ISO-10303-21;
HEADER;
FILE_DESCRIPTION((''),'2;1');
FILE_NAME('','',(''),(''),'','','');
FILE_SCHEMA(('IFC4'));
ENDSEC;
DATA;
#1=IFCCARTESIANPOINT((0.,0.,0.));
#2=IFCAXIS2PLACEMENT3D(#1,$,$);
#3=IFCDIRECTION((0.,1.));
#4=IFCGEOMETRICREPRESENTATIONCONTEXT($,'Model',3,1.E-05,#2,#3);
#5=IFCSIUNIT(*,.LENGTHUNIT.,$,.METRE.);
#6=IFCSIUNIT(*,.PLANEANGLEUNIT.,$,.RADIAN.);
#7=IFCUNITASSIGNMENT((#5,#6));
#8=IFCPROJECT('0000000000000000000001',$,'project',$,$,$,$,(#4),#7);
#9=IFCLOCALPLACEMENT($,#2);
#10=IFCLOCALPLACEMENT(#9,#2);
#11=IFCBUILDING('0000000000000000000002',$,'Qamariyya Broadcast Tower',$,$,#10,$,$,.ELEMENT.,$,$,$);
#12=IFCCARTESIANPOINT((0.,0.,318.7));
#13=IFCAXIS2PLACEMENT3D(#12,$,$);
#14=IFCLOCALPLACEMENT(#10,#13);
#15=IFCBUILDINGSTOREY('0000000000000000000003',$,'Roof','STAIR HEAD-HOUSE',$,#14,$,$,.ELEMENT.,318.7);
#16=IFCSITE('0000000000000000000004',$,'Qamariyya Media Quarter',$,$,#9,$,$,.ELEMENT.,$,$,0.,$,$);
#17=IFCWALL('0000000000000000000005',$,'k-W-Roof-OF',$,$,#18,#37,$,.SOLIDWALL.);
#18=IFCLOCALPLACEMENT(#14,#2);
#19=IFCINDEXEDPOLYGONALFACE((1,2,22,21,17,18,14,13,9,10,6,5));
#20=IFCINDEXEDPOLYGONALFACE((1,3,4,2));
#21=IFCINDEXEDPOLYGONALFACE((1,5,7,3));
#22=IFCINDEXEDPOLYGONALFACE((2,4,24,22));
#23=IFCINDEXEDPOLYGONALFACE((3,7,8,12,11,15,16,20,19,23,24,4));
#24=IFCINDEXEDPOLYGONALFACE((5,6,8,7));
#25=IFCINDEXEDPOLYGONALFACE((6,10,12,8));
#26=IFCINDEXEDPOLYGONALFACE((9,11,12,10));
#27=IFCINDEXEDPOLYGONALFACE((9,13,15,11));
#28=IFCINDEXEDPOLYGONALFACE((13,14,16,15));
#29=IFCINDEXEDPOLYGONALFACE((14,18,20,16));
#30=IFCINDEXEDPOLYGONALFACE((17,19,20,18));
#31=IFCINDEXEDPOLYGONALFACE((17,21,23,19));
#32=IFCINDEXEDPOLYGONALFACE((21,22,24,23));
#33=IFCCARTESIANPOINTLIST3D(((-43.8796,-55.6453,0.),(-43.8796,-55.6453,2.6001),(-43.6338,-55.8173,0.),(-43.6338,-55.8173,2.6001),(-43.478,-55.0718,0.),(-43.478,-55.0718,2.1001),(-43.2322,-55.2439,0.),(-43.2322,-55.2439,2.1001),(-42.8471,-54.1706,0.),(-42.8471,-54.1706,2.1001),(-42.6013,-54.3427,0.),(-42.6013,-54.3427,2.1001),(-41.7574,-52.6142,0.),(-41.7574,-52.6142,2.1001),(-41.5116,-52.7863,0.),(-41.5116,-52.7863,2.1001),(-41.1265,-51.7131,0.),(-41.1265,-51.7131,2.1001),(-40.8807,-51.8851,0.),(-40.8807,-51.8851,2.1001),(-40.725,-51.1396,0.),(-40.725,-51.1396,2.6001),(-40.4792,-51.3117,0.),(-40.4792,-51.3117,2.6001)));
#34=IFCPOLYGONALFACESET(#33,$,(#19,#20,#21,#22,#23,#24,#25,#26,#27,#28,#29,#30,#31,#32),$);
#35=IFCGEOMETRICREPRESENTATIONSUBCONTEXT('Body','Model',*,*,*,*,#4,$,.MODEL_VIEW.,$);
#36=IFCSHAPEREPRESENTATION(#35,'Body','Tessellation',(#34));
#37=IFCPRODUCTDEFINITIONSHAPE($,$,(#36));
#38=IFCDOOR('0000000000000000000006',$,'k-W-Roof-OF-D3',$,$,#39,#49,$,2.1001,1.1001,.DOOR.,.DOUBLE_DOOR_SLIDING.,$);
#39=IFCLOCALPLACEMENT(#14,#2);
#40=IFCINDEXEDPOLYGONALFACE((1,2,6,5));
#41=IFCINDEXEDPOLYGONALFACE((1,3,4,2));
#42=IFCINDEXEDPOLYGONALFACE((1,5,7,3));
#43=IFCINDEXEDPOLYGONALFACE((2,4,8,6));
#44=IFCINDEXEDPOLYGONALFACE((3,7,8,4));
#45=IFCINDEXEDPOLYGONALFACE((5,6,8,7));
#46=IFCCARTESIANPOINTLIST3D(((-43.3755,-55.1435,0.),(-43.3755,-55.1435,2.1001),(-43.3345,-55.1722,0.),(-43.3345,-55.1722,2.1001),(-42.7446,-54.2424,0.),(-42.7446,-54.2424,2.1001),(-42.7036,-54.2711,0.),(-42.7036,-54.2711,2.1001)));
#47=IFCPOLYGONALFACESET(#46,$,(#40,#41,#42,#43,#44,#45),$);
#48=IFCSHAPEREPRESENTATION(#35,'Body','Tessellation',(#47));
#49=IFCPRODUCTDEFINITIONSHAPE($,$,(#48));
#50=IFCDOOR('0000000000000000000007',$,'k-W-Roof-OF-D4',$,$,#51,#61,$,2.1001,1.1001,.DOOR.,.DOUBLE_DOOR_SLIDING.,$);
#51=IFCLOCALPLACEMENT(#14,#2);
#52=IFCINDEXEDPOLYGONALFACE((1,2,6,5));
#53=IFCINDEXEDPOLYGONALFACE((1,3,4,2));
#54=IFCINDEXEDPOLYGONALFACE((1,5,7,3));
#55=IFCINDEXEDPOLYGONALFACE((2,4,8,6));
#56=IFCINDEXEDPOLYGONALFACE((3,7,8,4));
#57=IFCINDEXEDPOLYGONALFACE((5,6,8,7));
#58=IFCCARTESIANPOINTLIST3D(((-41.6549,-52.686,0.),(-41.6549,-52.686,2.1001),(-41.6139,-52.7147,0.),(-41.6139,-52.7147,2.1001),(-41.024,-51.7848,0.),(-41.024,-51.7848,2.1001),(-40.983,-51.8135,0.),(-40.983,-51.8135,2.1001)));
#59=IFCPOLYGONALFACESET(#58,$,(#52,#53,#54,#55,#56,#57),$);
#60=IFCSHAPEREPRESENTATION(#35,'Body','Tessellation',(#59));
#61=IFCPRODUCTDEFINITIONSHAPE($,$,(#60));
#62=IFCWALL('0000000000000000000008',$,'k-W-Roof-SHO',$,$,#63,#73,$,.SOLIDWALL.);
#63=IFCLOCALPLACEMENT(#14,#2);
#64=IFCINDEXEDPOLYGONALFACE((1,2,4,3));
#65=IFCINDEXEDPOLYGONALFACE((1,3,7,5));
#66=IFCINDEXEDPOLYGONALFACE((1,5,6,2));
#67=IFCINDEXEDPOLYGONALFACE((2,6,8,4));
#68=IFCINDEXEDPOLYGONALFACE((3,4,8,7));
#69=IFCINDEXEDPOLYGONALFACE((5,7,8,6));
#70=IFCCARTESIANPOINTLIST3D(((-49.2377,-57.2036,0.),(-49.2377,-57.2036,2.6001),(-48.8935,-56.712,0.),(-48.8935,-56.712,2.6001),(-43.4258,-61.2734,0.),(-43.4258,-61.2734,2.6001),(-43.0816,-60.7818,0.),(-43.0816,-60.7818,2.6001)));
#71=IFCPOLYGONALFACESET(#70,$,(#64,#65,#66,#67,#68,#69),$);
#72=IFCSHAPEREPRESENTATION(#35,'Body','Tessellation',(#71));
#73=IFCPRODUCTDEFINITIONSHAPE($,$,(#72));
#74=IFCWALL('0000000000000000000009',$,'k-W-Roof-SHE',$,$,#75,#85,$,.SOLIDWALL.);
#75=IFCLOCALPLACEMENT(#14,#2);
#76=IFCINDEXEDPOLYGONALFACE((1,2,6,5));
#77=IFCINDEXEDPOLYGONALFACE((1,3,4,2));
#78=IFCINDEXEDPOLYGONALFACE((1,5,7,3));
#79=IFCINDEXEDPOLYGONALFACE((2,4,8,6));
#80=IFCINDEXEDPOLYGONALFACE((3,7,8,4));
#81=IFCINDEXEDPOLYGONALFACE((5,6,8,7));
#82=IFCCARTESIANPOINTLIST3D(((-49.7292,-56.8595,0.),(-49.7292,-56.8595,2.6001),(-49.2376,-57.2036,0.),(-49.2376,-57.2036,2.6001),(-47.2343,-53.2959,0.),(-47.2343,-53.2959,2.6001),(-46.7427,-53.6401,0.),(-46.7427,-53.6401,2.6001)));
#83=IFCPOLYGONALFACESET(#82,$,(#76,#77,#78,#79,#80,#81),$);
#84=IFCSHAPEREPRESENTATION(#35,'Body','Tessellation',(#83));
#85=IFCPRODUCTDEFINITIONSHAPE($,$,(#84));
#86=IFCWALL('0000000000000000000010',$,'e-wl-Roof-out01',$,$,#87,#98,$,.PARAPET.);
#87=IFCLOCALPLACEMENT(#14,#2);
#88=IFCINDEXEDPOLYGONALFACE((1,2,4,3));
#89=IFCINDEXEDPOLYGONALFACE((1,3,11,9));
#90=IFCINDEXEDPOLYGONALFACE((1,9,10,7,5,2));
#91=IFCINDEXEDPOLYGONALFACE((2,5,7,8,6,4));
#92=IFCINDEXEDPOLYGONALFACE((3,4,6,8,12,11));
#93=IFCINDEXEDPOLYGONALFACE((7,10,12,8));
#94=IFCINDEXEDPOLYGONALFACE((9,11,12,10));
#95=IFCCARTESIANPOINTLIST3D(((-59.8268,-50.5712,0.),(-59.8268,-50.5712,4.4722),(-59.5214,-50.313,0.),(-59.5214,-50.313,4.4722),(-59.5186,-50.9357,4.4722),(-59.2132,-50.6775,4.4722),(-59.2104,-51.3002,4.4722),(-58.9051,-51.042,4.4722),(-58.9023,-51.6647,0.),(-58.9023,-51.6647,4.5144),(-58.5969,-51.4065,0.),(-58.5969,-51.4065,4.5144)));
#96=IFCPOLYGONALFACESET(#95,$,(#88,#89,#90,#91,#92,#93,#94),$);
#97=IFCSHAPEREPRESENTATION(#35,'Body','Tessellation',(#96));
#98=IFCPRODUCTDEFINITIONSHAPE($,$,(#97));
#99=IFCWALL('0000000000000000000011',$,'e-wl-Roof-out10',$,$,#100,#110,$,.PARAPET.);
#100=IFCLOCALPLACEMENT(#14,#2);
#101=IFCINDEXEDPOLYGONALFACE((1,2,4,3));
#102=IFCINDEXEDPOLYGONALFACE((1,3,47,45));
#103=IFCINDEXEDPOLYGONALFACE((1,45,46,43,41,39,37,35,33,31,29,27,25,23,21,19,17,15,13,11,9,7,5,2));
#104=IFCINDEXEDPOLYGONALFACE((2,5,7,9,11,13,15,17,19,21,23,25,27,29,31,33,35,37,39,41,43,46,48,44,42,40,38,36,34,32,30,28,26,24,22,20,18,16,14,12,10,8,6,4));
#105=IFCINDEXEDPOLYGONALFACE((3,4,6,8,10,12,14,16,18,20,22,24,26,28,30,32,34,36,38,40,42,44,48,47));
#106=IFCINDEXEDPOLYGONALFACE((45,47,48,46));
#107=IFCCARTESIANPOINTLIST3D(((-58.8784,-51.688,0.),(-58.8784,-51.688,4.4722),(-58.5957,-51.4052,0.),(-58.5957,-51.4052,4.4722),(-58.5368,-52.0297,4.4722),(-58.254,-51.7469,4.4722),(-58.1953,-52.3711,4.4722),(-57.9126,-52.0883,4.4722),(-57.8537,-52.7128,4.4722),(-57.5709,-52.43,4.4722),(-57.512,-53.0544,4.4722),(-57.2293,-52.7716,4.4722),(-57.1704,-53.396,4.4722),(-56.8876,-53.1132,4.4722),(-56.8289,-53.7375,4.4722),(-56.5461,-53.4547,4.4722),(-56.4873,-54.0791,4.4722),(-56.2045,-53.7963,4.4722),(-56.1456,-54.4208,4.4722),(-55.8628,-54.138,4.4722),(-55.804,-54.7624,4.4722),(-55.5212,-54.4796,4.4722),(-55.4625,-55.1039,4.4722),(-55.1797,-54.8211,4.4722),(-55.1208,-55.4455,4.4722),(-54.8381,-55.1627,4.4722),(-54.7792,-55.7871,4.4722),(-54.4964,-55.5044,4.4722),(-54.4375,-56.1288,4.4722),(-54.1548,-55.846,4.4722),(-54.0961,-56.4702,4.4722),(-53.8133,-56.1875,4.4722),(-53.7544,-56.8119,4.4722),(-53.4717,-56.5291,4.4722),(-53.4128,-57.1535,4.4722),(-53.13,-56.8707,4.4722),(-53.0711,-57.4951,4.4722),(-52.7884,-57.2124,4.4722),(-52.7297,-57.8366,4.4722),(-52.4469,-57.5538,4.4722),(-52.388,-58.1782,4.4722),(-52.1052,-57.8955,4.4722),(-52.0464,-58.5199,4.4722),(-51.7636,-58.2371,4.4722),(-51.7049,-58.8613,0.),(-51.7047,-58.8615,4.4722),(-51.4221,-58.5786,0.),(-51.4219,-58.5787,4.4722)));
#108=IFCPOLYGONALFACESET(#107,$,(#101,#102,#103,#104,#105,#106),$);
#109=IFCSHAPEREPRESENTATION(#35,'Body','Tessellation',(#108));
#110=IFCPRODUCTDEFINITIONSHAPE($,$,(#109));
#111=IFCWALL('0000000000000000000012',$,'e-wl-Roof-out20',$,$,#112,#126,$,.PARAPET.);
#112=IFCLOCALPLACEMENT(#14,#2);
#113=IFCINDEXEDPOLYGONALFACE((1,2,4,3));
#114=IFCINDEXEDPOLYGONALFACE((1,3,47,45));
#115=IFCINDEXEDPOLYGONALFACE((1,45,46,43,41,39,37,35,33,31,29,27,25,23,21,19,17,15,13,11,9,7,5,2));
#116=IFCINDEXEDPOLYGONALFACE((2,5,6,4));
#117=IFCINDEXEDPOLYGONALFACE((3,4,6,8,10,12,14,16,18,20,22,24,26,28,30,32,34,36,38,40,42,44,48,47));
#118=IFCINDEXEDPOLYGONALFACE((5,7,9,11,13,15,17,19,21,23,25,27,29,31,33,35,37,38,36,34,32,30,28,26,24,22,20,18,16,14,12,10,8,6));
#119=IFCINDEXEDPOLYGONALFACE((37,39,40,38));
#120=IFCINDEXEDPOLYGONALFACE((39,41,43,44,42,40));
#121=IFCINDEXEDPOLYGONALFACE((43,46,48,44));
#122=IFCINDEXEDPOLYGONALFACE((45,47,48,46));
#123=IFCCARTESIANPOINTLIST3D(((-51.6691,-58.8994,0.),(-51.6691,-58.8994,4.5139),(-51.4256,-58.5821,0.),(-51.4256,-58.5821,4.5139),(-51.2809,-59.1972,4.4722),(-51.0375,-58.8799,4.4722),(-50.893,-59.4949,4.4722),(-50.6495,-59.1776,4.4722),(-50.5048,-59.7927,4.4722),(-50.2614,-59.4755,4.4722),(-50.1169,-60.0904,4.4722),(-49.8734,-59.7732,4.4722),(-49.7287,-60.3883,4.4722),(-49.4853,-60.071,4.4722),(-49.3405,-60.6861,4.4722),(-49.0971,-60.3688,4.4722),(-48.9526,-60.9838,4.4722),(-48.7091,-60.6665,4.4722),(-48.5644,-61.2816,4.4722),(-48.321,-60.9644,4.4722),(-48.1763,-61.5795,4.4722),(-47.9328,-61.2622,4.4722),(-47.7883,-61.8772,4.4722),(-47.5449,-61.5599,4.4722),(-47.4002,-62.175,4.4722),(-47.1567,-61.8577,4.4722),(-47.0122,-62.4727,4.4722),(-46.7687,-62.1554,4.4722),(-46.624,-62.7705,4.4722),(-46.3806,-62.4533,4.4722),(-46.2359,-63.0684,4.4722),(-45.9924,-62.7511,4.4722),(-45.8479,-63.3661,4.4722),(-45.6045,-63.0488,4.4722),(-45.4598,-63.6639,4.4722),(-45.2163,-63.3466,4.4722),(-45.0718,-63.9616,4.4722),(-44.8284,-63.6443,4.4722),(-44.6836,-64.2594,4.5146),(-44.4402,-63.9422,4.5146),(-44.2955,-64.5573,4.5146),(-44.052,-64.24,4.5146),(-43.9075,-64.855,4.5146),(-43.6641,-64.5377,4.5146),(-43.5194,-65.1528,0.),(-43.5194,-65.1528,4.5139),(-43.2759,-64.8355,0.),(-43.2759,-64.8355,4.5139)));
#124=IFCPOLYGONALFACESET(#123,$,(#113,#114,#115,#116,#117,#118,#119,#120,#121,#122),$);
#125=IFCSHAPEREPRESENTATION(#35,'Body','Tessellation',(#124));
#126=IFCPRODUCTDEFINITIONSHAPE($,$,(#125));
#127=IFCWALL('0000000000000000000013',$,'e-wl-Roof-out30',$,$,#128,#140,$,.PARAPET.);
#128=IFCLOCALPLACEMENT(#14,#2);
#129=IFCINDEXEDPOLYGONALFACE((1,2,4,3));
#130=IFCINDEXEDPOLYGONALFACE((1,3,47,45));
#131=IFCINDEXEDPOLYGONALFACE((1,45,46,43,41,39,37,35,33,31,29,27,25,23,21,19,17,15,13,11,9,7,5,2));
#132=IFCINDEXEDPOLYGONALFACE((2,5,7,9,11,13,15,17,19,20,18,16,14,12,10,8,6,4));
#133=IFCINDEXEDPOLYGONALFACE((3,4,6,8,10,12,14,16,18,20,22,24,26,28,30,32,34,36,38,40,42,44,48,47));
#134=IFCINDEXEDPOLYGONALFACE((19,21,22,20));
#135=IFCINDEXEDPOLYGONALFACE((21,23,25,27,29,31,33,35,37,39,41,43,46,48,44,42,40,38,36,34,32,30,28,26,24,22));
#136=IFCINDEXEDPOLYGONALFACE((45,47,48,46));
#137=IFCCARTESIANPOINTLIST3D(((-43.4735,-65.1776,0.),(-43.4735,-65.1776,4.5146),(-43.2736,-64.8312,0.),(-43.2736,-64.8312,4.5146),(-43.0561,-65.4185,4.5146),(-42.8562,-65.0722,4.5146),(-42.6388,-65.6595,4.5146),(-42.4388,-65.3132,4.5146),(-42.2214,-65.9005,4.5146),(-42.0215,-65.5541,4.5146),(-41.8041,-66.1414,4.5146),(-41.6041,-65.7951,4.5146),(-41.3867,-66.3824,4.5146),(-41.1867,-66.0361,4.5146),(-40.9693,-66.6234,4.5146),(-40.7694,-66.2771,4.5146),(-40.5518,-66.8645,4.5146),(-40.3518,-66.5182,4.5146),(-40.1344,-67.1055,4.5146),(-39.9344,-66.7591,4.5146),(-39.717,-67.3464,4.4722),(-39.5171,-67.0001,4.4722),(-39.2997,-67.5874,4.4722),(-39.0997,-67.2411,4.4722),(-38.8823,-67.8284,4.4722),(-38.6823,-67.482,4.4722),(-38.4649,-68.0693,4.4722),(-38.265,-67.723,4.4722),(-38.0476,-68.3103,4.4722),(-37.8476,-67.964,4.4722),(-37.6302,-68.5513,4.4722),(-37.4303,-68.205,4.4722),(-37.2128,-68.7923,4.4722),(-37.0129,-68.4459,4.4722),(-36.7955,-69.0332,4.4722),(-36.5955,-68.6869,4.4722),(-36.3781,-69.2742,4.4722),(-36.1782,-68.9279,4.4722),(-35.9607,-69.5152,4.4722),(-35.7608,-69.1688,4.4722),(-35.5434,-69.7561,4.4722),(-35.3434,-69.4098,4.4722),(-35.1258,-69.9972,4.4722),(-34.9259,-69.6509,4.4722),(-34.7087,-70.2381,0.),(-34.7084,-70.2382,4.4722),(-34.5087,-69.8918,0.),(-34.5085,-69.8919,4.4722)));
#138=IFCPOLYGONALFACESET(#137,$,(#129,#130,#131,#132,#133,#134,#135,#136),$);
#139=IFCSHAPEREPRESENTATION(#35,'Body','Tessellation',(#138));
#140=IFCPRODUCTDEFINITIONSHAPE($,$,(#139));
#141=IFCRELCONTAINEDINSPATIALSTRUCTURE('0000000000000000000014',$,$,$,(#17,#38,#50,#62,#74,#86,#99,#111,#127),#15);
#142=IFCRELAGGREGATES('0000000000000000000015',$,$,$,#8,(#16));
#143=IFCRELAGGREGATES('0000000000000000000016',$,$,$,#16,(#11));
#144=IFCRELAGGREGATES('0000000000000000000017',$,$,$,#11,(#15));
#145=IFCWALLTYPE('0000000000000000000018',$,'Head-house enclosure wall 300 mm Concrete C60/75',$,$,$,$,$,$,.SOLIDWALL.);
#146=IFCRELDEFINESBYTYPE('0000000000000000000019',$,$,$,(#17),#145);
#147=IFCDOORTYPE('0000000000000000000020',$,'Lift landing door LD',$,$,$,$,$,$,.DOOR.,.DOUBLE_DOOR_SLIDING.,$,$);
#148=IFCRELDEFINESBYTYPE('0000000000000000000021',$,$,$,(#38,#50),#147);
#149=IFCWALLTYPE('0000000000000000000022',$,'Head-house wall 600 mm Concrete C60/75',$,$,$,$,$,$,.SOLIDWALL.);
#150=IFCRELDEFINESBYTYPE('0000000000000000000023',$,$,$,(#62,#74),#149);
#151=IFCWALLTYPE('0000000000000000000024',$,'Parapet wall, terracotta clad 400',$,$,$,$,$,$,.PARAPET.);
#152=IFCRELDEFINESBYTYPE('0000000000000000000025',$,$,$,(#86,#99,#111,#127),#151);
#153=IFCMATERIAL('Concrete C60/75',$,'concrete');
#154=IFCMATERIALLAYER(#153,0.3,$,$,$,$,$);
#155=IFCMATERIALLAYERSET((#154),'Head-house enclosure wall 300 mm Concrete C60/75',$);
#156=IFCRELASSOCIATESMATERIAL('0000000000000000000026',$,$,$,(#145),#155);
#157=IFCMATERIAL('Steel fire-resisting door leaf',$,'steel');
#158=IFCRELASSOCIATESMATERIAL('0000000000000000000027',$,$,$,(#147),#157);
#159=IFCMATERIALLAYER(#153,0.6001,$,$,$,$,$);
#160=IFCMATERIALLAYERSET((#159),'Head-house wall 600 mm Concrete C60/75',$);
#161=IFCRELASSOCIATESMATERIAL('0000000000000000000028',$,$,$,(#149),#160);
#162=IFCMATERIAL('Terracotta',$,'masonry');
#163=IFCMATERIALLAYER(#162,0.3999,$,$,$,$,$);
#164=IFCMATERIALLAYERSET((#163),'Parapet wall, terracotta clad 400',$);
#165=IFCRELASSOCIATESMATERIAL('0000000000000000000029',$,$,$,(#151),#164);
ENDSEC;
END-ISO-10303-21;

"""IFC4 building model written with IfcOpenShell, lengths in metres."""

from ifc_helpers import new_model, si_unit, direction, frame, frame_2d, origin, place, context, subcontext, project, spatial, polyline, rectangle, outline, extrude, material, layer, layer_set, type_object, element, fill, save


model = new_model("IFC4")

# Units and contexts
model_context = context("Model", 3, precision=1e-05, world=origin(), true_north=direction((0.0, 1.0)))
body_context = subcontext(model_context, "Body", "Model", "MODEL_VIEW")
ifc_project = project(units=[si_unit("LENGTHUNIT", "METRE"), si_unit("PLANEANGLEUNIT", "RADIAN")], contexts=[model_context])

# Site, building, storey
site_placement = place(None, origin())
site = spatial("IfcSite", under=ifc_project, at=site_placement, Name="Qamariyya Media Quarter", CompositionType="ELEMENT", RefElevation=0.0)
building_placement = place(site_placement, origin())
building = spatial("IfcBuilding", under=site, at=building_placement, Name="Qamariyya Broadcast Tower", CompositionType="ELEMENT")
storey_placement = place(building_placement, frame((0.0, 0.0, 318.7)))
storey = spatial("IfcBuildingStorey", under=building, at=storey_placement, Name="Roof", Description="STAIR HEAD-HOUSE", CompositionType="ELEMENT", Elevation=318.7)

# Shared definitions
ifc_material_1 = material(Name="Concrete C60/75", Category="concrete")
ifc_layer_1 = layer(ifc_material_1, 0.3)
ifc_layer_set_1 = layer_set([ifc_layer_1], Name="Head-house enclosure wall 300 mm Concrete C60/75")
wall_type_1 = type_object("IfcWallType", Name="Head-house enclosure wall 300 mm Concrete C60/75", PredefinedType="SOLIDWALL", material=ifc_layer_set_1)

# Wall, openings, doors
wall_1_placement = place(storey_placement, frame((-43.7566, -55.7312, 0.0), z_axis=(0.0, 0.0, 1.0), x_axis=(0.573537, 0.81918, 0.0)))
wall_1 = element("IfcWall", 1, at=wall_1_placement, inside=storey, type_object=wall_type_1, Name="k-W-Roof-OF", PredefinedType="SOLIDWALL", context=body_context, shape_type="SweptSolid", body=[
    extrude(rectangle(XDim=5.5002, YDim=0.3, at=frame_2d((2.75, 0.0))), origin(), (0.0, 0.0, 1.0), 2.6001),
])
opening_1_placement = place(wall_1_placement, frame((0.7, 0.0, 0.0)))
opening_1 = element("IfcOpeningElement", 2, at=opening_1_placement, cuts=wall_1, PredefinedType="OPENING", context=body_context, shape_type="SweptSolid", body=[
    extrude(rectangle(XDim=1.1001, YDim=2.1001, at=frame_2d((0.55, 1.05))), frame((0.0, 0.1599, 0.0), z_axis=(0.0, -1.0, 0.0), x_axis=(1.0, 0.0, 0.0)), (0.0, 0.0, 1.0), 0.3201),
])
opening_2_placement = place(wall_1_placement, frame((3.7, 0.0, 0.0)))
opening_2 = element("IfcOpeningElement", 3, at=opening_2_placement, cuts=wall_1, PredefinedType="OPENING", context=body_context, shape_type="SweptSolid", body=[
    extrude(rectangle(XDim=1.1001, YDim=2.1001, at=frame_2d((0.55, 1.05))), frame((0.0, 0.1599, 0.0), z_axis=(0.0, -1.0, 0.0), x_axis=(1.0, 0.0, 0.0)), (0.0, 0.0, 1.0), 0.3201),
])
ifc_material_2 = material(Name="Steel fire-resisting door leaf", Category="steel")
door_type = type_object("IfcDoorType", Name="Lift landing door LD", OperationType="DOUBLE_DOOR_SLIDING", PredefinedType="DOOR", material=ifc_material_2)
door_1_placement = place(opening_1_placement, origin())
door_1 = element("IfcDoor", 4, at=door_1_placement, inside=storey, type_object=door_type, Name="k-W-Roof-OF-D3", OperationType="DOUBLE_DOOR_SLIDING", OverallHeight=2.1001, OverallWidth=1.1001, PredefinedType="DOOR", context=body_context, shape_type="SweptSolid", body=[
    extrude(rectangle(XDim=1.1001, YDim=2.1001, at=frame_2d((0.55, 1.05))), frame((0.0, 0.0249, 0.0), z_axis=(0.0, -1.0, 0.0), x_axis=(1.0, 0.0, 0.0)), (0.0, 0.0, 1.0), 0.05),
])
fill(opening_1, door_1)
door_2_placement = place(opening_2_placement, origin())
door_2 = element("IfcDoor", 5, at=door_2_placement, inside=storey, type_object=door_type, Name="k-W-Roof-OF-D4", OperationType="DOUBLE_DOOR_SLIDING", OverallHeight=2.1001, OverallWidth=1.1001, PredefinedType="DOOR", context=body_context, shape_type="SweptSolid", body=[
    extrude(rectangle(XDim=1.1001, YDim=2.1001, at=frame_2d((0.55, 1.05))), frame((0.0, 0.0249, 0.0), z_axis=(0.0, -1.0, 0.0), x_axis=(1.0, 0.0, 0.0)), (0.0, 0.0, 1.0), 0.05),
])
fill(opening_2, door_2)

# Walls
ifc_layer_2 = layer(ifc_material_1, 0.6001)
ifc_layer_set_2 = layer_set([ifc_layer_2], Name="Head-house wall 600 mm Concrete C60/75")
wall_type_2 = type_object("IfcWallType", Name="Head-house wall 600 mm Concrete C60/75", PredefinedType="SOLIDWALL", material=ifc_layer_set_2)
wall_2_placement = place(storey_placement, frame((-43.2537, -61.0276, 0.0), z_axis=(0.0, 0.0, 1.0), x_axis=(-0.819138, 0.573596, 0.0)))
element("IfcWall", 6, at=wall_2_placement, inside=storey, type_object=wall_type_2, Name="k-W-Roof-SHO", PredefinedType="SOLIDWALL", context=body_context, shape_type="SweptSolid", body=[
    extrude(rectangle(XDim=7.0952, YDim=0.6001, at=frame_2d((3.5476, 0.0))), origin(), (0.0, 0.0, 1.0), 2.6001),
])
wall_3_placement = place(storey_placement, frame((-46.9885, -53.468, 0.0), z_axis=(0.0, 0.0, 1.0), x_axis=(-0.57353, -0.819184, 0.0)))
element("IfcWall", 7, at=wall_3_placement, inside=storey, type_object=wall_type_2, Name="k-W-Roof-SHE", PredefinedType="SOLIDWALL", context=body_context, shape_type="SweptSolid", body=[
    extrude(rectangle(XDim=4.3501, YDim=0.6001, at=frame_2d((2.175, 0.0))), origin(), (0.0, 0.0, 1.0), 2.6001),
])
ifc_material_3 = material(Name="Terracotta", Category="masonry")
ifc_layer_3 = layer(ifc_material_3, 0.3999)
ifc_layer_set_3 = layer_set([ifc_layer_3], Name="Parapet wall, terracotta clad 400")
wall_type_3 = type_object("IfcWallType", Name="Parapet wall, terracotta clad 400", PredefinedType="PARAPET", material=ifc_layer_set_3)
wall_4_placement = place(storey_placement, frame((-59.6741, -50.4421, 0.0), z_axis=(0.0, 0.0, 1.0), x_axis=(0.645652, -0.763632, 0.0)))
element("IfcWall", 8, at=wall_4_placement, inside=storey, type_object=wall_type_3, Name="e-wl-Roof-out01", PredefinedType="PARAPET", context=body_context, shape_type="SweptSolid", body=[
    extrude(outline(polyline([(0.0, 0.0), (1.4319, 0.0), (1.4319, 4.5144), (0.9546, 4.4722), (0.4773, 4.4722), (0.0, 4.4722), (0.0, 0.0)])), frame((0.0, 0.2, 0.0), z_axis=(0.0, -1.0, 0.0), x_axis=(1.0, 0.0, 0.0)), (0.0, 0.0, 1.0), 0.3999),
])
wall_5_placement = place(storey_placement, frame((-58.7371, -51.5466, 0.0), z_axis=(0.0, 0.0, 1.0), x_axis=(0.707119, -0.707095, 0.0)))
element("IfcWall", 9, at=wall_5_placement, inside=storey, type_object=wall_type_3, Name="e-wl-Roof-out10", PredefinedType="PARAPET", context=body_context, shape_type="SweptSolid", body=[
    extrude(outline(polyline([(0.0, 0.0), (10.1448, 0.0), (10.145, 4.4722), (9.6619, 4.4722), (9.1787, 4.4722), (8.6956, 4.4722), (8.2126, 4.4722), (7.7295, 4.4722), (7.2463, 4.4722), (6.7632, 4.4722), (6.2803, 4.4722), (5.7971, 4.4722), (5.314, 4.4722), (4.8308, 4.4722), (4.3479, 4.4722), (3.8647, 4.4722), (3.3816, 4.4722), (2.8984, 4.4722), (2.4155, 4.4722), (1.9324, 4.4722), (1.4492, 4.4722), (0.9661, 4.4722), (0.4832, 4.4722), (0.0, 4.4722), (0.0, 0.0)])), frame((0.0, 0.2, 0.0), z_axis=(0.0, -1.0, 0.0), x_axis=(1.0, 0.0, 0.0)), (0.0, 0.0, 1.0), 0.3999),
])
wall_6_placement = place(storey_placement, frame((-51.5474, -58.7407, 0.0), z_axis=(0.0, 0.0, 1.0), x_axis=(0.793355, -0.608759, 0.0)))
element("IfcWall", 10, at=wall_6_placement, inside=storey, type_object=wall_type_3, Name="e-wl-Roof-out20", PredefinedType="PARAPET", context=body_context, shape_type="SweptSolid", body=[
    extrude(outline(polyline([(0.0, 0.0), (10.2725, 0.0), (10.2725, 4.5139), (9.7832, 4.5146), (9.2942, 4.5146), (8.8049, 4.5146), (8.3157, 4.4722), (7.8267, 4.4722), (7.3374, 4.4722), (6.8484, 4.4722), (6.3591, 4.4722), (5.8699, 4.4722), (5.3809, 4.4722), (4.8916, 4.4722), (4.4026, 4.4722), (3.9133, 4.4722), (3.4241, 4.4722), (2.9351, 4.4722), (2.4458, 4.4722), (1.9565, 4.4722), (1.4675, 4.4722), (0.9783, 4.4722), (0.4893, 4.4722), (0.0, 4.5139), (0.0, 0.0)])), frame((0.0, 0.2, 0.0), z_axis=(0.0, -1.0, 0.0), x_axis=(1.0, 0.0, 0.0)), (0.0, 0.0, 1.0), 0.3999),
])
wall_7_placement = place(storey_placement, frame((-43.3735, -65.0044, 0.0), z_axis=(0.0, 0.0, 1.0), x_axis=(0.86602, -0.50001, 0.0)))
element("IfcWall", 11, at=wall_7_placement, inside=storey, type_object=wall_type_3, Name="e-wl-Roof-out30", PredefinedType="PARAPET", context=body_context, shape_type="SweptSolid", body=[
    extrude(outline(polyline([(0.0, 0.0), (10.1208, 0.0), (10.1211, 4.4722), (9.6392, 4.4722), (9.157, 4.4722), (8.675, 4.4722), (8.1931, 4.4722), (7.7112, 4.4722), (7.2292, 4.4722), (6.7473, 4.4722), (6.2654, 4.4722), (5.7834, 4.4722), (5.3015, 4.4722), (4.8196, 4.4722), (4.3376, 4.4722), (3.8557, 4.5146), (3.3738, 4.5146), (2.8916, 4.5146), (2.4097, 4.5146), (1.9277, 4.5146), (1.4458, 4.5146), (0.9639, 4.5146), (0.4819, 4.5146), (0.0, 4.5146), (0.0, 0.0)])), frame((0.0, 0.2, 0.0), z_axis=(0.0, -1.0, 0.0), x_axis=(1.0, 0.0, 0.0)), (0.0, 0.0, 1.0), 0.3999),
])

save(model, "model.ifc")
